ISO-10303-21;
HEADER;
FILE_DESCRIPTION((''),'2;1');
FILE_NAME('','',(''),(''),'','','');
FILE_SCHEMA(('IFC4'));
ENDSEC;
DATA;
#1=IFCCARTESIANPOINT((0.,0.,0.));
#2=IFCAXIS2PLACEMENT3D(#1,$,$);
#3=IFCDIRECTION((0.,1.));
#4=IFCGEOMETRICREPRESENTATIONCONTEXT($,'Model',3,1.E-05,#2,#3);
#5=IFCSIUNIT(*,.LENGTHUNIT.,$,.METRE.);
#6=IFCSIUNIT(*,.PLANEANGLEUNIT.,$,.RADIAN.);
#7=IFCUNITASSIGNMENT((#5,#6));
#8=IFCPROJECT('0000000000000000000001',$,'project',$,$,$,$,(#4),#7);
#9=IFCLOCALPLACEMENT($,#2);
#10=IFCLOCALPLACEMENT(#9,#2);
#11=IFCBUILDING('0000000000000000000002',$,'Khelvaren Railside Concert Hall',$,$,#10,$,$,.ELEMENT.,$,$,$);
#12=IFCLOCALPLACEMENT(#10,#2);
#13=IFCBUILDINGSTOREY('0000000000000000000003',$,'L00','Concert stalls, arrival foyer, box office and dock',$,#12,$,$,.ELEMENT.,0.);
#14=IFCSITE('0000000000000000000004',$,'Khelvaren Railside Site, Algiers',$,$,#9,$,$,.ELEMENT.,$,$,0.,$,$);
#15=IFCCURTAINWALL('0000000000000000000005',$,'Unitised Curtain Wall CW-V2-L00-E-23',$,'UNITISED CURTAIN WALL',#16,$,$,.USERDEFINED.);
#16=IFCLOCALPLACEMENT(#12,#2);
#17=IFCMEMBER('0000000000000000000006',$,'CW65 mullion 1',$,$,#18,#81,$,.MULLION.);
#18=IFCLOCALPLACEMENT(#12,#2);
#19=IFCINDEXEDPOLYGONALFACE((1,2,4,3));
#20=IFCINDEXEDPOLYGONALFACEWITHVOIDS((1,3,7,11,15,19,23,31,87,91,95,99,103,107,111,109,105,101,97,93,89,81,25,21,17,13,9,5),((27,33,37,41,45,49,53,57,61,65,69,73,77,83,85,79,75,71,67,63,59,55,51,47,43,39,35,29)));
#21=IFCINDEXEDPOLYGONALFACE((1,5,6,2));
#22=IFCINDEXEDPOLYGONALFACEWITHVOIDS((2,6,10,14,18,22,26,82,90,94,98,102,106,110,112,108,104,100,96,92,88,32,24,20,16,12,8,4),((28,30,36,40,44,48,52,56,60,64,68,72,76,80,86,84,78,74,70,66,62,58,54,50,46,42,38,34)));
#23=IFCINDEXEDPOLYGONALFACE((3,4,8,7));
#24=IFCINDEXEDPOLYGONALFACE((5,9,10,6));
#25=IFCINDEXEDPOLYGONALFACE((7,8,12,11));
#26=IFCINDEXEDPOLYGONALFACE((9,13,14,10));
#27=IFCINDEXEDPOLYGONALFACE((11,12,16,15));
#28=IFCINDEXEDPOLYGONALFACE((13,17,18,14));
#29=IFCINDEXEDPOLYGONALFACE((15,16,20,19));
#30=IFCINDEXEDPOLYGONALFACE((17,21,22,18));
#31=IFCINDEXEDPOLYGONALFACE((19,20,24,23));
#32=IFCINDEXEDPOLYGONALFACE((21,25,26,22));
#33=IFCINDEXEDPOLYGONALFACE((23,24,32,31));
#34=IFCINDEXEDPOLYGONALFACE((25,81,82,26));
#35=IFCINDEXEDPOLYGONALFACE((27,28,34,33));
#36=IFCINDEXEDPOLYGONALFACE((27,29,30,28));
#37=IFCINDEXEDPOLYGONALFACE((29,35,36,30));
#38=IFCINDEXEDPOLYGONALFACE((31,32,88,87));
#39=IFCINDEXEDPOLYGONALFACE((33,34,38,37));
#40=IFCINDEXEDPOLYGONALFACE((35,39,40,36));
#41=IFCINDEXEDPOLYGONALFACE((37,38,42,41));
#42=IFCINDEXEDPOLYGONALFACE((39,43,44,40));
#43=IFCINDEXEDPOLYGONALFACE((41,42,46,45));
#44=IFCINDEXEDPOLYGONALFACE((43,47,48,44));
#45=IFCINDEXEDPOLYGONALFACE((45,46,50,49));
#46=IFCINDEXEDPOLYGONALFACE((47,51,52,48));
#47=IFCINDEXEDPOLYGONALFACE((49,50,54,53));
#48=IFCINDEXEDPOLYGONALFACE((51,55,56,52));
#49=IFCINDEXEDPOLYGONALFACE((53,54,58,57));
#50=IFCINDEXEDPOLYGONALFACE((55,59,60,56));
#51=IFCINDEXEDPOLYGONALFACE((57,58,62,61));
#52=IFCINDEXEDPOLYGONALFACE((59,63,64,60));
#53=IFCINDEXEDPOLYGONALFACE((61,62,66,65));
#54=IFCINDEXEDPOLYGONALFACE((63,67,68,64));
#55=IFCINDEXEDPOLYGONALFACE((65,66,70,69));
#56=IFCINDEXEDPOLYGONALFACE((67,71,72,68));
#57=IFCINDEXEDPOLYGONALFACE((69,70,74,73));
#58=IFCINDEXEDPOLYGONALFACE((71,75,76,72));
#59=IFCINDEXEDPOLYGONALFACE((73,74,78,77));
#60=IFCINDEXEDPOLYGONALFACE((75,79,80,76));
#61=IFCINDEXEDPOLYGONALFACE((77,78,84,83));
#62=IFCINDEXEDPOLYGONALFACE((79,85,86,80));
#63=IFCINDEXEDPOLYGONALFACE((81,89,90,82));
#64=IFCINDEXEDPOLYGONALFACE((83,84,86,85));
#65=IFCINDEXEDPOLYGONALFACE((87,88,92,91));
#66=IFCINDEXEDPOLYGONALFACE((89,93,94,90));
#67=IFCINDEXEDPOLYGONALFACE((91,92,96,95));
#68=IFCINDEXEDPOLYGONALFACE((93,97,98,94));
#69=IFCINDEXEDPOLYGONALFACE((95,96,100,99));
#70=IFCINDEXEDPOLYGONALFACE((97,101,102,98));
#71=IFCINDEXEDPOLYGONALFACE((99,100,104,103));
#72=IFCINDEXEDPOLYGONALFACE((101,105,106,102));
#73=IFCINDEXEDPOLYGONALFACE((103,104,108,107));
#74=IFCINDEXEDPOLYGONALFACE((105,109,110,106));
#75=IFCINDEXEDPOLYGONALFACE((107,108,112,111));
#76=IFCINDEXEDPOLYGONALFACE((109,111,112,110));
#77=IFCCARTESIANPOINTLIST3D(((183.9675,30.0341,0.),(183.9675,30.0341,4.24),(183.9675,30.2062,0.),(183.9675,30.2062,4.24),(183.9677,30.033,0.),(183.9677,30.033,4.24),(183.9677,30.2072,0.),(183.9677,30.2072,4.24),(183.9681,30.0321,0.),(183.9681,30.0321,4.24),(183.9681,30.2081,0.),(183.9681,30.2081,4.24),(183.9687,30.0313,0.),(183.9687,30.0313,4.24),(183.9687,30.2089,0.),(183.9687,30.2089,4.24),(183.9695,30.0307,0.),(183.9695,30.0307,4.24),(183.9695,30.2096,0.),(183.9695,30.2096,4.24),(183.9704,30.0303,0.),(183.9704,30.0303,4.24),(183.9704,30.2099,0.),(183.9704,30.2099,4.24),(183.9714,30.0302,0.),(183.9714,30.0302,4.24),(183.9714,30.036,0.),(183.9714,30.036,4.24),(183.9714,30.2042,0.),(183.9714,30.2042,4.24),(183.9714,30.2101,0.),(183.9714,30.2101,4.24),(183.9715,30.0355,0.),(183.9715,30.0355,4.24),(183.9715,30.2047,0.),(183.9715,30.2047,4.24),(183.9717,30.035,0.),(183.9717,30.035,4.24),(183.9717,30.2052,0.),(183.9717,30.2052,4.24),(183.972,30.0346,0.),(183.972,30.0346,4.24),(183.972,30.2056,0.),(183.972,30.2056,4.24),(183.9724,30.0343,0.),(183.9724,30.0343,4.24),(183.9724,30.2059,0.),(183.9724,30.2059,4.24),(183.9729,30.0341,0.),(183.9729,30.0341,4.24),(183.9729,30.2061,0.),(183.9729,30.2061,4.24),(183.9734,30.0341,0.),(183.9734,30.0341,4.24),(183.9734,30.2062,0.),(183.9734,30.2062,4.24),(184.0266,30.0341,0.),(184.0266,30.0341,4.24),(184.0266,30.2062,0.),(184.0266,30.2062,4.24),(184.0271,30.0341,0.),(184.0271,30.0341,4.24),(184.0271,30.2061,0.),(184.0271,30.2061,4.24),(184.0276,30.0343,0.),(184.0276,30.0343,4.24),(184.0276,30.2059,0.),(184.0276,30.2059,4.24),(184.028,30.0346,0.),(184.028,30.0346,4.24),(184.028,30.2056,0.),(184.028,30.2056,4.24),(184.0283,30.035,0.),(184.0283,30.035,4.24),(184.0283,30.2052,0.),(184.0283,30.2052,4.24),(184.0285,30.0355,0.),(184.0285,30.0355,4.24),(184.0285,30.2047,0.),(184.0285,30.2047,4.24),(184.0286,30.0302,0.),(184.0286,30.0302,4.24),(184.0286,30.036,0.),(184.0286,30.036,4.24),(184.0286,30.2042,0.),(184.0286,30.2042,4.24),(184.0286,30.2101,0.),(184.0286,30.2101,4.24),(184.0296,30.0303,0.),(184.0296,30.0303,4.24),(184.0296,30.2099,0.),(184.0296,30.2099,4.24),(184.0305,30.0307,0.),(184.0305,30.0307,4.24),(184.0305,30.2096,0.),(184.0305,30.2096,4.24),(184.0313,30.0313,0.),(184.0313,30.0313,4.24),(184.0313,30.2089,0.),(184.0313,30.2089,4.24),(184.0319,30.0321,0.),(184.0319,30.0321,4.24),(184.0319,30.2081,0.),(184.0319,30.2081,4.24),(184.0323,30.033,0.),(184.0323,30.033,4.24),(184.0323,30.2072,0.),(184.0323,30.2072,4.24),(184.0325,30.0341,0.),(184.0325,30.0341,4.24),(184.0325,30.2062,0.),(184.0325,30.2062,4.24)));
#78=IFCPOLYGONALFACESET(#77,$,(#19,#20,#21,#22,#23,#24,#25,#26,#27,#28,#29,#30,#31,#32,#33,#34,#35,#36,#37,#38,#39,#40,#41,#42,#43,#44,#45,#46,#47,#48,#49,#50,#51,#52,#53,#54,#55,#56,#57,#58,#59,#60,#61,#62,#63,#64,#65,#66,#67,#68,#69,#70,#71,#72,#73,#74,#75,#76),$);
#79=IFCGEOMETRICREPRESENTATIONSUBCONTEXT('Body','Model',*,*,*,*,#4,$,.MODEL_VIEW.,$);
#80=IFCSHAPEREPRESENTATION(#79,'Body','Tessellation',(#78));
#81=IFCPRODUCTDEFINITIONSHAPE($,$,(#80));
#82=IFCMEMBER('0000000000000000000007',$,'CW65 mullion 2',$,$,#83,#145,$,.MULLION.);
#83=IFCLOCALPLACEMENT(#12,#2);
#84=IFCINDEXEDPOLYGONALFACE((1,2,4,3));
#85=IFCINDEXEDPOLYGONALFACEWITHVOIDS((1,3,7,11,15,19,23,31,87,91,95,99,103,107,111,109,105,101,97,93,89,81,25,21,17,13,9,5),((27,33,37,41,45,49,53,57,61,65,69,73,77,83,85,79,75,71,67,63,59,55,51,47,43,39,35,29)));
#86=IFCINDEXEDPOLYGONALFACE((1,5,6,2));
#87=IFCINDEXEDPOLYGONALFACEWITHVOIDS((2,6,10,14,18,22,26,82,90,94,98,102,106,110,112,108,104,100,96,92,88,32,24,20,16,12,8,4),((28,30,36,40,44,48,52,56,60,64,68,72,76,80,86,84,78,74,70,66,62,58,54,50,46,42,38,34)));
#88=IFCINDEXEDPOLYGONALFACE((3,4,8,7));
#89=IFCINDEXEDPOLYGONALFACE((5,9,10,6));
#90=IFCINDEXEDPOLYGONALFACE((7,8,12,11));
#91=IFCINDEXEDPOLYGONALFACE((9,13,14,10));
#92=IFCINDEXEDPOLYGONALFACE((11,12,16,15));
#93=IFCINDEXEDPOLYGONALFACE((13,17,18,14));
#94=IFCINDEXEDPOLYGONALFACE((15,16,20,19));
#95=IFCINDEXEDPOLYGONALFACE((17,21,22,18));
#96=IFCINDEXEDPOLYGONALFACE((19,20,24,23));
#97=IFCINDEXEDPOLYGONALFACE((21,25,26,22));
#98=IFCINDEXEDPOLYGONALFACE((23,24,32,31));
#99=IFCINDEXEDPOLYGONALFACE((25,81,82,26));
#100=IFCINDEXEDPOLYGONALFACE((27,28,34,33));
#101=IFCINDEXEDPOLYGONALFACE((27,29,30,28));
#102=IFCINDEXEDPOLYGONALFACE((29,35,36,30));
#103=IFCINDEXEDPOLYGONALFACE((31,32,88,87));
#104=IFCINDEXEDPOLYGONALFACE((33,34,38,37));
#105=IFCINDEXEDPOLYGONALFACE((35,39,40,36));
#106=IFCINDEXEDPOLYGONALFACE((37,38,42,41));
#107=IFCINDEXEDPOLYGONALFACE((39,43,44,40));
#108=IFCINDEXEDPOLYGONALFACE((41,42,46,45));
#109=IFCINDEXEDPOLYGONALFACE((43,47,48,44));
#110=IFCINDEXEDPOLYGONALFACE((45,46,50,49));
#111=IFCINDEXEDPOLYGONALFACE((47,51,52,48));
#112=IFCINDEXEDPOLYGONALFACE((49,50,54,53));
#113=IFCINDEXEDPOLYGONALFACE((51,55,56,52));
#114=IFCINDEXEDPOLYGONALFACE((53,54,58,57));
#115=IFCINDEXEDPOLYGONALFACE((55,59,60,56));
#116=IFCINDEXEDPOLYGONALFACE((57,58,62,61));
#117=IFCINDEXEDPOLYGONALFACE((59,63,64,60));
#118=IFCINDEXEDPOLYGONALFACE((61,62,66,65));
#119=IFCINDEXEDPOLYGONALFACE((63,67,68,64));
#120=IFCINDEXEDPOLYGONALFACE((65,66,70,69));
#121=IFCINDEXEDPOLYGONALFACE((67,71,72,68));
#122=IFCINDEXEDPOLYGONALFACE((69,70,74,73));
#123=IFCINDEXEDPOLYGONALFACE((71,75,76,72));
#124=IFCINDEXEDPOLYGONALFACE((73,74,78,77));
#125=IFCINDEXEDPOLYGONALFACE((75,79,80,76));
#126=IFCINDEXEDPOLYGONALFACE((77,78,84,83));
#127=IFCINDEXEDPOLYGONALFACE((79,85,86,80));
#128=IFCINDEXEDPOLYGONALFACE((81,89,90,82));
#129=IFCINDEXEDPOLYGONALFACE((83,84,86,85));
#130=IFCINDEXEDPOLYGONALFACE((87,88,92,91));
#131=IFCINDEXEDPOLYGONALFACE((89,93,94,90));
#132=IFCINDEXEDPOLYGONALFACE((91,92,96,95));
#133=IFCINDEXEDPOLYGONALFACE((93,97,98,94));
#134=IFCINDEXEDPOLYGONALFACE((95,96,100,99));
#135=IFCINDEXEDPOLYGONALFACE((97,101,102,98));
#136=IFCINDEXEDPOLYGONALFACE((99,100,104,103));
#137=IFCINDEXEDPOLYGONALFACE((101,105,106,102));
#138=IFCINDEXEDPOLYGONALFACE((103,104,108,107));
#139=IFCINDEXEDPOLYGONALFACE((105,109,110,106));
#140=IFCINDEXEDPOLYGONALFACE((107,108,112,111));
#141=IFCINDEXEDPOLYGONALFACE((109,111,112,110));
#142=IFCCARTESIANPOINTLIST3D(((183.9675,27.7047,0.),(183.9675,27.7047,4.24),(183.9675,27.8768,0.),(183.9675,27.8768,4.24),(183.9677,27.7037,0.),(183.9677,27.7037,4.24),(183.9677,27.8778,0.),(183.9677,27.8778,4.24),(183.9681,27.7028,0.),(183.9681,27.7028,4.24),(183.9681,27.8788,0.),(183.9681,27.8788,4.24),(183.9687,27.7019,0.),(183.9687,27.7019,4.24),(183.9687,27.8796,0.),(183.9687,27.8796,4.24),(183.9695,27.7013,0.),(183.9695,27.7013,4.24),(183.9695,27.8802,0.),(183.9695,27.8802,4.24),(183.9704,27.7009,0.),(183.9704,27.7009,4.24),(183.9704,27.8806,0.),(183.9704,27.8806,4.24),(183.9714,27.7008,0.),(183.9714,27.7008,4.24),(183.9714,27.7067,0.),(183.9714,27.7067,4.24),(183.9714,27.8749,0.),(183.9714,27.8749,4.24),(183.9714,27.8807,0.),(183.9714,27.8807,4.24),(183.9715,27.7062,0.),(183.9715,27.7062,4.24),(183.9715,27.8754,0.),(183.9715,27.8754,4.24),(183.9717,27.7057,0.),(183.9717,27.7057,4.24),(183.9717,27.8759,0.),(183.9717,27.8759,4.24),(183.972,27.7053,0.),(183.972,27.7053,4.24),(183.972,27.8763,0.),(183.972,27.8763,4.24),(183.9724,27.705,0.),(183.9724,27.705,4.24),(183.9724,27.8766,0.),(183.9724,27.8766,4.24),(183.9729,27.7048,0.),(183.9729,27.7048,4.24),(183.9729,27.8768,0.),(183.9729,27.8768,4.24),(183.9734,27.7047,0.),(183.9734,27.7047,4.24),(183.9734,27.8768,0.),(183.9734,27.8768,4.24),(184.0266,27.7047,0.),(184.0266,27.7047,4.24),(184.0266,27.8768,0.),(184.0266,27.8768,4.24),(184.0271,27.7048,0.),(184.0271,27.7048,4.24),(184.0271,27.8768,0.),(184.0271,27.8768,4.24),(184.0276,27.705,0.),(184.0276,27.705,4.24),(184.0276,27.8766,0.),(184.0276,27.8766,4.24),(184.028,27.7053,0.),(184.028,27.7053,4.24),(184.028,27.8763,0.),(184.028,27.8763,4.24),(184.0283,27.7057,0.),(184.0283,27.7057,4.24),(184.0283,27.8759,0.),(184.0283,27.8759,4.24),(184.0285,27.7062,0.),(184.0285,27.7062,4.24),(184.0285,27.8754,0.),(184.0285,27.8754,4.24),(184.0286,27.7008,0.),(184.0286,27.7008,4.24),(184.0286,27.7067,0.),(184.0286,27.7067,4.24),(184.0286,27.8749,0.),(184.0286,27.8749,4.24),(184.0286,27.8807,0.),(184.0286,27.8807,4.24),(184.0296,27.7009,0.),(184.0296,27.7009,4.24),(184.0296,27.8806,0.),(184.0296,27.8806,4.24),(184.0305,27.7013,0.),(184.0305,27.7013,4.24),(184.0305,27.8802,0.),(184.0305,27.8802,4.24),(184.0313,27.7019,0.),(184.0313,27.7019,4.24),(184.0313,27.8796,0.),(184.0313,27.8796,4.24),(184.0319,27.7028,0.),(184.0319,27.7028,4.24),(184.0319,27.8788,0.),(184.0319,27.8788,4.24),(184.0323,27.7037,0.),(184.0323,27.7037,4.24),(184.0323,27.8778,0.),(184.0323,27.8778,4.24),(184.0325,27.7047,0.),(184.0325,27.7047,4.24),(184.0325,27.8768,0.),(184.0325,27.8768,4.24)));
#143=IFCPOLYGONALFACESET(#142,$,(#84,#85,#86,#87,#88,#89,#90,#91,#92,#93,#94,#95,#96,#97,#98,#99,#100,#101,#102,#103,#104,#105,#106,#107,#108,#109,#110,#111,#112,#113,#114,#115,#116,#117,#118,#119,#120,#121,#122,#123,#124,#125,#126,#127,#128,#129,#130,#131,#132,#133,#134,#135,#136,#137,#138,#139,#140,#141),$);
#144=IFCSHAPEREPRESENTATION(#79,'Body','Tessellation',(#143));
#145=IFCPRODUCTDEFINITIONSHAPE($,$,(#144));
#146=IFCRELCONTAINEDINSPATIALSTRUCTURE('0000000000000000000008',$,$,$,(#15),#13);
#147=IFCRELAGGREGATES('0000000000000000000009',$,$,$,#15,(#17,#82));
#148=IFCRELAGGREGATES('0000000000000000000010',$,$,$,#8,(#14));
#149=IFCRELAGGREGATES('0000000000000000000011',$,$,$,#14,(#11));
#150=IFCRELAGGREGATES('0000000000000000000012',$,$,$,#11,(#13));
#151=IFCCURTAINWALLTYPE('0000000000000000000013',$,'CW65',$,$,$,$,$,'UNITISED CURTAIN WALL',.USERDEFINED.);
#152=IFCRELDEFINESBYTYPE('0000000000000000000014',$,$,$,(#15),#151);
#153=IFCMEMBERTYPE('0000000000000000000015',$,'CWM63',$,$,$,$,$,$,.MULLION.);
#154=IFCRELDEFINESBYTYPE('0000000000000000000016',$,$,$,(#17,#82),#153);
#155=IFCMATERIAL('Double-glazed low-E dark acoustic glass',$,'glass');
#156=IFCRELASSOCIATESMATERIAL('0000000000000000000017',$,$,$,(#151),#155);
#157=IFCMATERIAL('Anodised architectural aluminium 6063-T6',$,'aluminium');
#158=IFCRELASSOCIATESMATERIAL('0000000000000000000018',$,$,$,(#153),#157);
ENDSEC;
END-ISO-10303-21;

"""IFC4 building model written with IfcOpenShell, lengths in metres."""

from ifc_helpers import new_model, si_unit, direction, frame, origin, origin_2d, place, context, subcontext, project, spatial, hollow_rectangle, extrude, material, material_profile, profile_set, type_object, element, aggregate, save


model = new_model("IFC4")

# Units and contexts
model_context = context("Model", 3, precision=1e-05, world=origin(), true_north=direction((0.0, 1.0)))
body_context = subcontext(model_context, "Body", "Model", "MODEL_VIEW")
ifc_project = project(units=[si_unit("LENGTHUNIT", "METRE"), si_unit("PLANEANGLEUNIT", "RADIAN")], contexts=[model_context])

# Site, building, storey
site_placement = place(None, origin())
site = spatial("IfcSite", under=ifc_project, at=site_placement, Name="Khelvaren Railside Site, Algiers", CompositionType="ELEMENT", RefElevation=0.0)
building_placement = place(site_placement, origin())
building = spatial("IfcBuilding", under=site, at=building_placement, Name="Khelvaren Railside Concert Hall", CompositionType="ELEMENT")
storey_placement = place(building_placement, origin())
storey = spatial("IfcBuildingStorey", under=building, at=storey_placement, Name="L00", Description="Concert stalls, arrival foyer, box office and dock", CompositionType="ELEMENT", Elevation=0.0)

# Curtain wall, members
ifc_material_1 = material(Name="Anodised architectural aluminium 6063-T6", Category="aluminium")
ifc_material_2 = material(Name="Double-glazed low-E dark acoustic glass", Category="glass")
curtain_wall_type_1 = type_object("IfcCurtainWallType", Name="CW65", ElementType="UNITISED CURTAIN WALL", PredefinedType="USERDEFINED", material=ifc_material_2)
curtain_wall_1_placement = place(storey_placement, origin())
curtain_wall_1 = element("IfcCurtainWall", 1, at=curtain_wall_1_placement, inside=storey, type_object=curtain_wall_type_1, Name="Unitised Curtain Wall CW-V2-L00-E-23", ObjectType="UNITISED CURTAIN WALL", PredefinedType="USERDEFINED")
ifc_material_profile_1 = material_profile(ifc_material_1, hollow_rectangle(XDim=0.0649, YDim=0.1799, WallThickness=0.0039, InnerFilletRadius=0.002, OuterFilletRadius=0.0039, at=origin_2d()), Name="CWM 65x180x4")
ifc_profile_set_1 = profile_set([ifc_material_profile_1], Name="Anodised architectural aluminium 6063-T6")
member_type_1 = type_object("IfcMemberType", Name="CWM63", PredefinedType="MULLION", material=ifc_profile_set_1)
member_1_placement = place(storey_placement, frame((184.0, 30.1201, 0.0), z_axis=(0.0, 0.0, 1.0), x_axis=(1.0, 0.0, 0.0)))
member_1 = element("IfcMember", 2, at=member_1_placement, type_object=member_type_1, Name="CW65 mullion 1", PredefinedType="MULLION", context=body_context, shape_type="SweptSolid", body=[
    extrude(hollow_rectangle(XDim=0.0649, YDim=0.1799, WallThickness=0.0039, InnerFilletRadius=0.002, OuterFilletRadius=0.0039, at=origin_2d()), origin(), (0.0, 0.0, 1.0), 4.24),
])
member_2_placement = place(storey_placement, frame((184.0, 27.7908, 0.0), z_axis=(0.0, 0.0, 1.0), x_axis=(1.0, 0.0, 0.0)))
member_2 = element("IfcMember", 3, at=member_2_placement, type_object=member_type_1, Name="CW65 mullion 2", PredefinedType="MULLION", context=body_context, shape_type="SweptSolid", body=[
    extrude(hollow_rectangle(XDim=0.0649, YDim=0.1799, WallThickness=0.0039, InnerFilletRadius=0.002, OuterFilletRadius=0.0039, at=origin_2d()), origin(), (0.0, 0.0, 1.0), 4.24),
])

aggregate(curtain_wall_1, [member_1, member_2])

save(model, "model.ifc")
